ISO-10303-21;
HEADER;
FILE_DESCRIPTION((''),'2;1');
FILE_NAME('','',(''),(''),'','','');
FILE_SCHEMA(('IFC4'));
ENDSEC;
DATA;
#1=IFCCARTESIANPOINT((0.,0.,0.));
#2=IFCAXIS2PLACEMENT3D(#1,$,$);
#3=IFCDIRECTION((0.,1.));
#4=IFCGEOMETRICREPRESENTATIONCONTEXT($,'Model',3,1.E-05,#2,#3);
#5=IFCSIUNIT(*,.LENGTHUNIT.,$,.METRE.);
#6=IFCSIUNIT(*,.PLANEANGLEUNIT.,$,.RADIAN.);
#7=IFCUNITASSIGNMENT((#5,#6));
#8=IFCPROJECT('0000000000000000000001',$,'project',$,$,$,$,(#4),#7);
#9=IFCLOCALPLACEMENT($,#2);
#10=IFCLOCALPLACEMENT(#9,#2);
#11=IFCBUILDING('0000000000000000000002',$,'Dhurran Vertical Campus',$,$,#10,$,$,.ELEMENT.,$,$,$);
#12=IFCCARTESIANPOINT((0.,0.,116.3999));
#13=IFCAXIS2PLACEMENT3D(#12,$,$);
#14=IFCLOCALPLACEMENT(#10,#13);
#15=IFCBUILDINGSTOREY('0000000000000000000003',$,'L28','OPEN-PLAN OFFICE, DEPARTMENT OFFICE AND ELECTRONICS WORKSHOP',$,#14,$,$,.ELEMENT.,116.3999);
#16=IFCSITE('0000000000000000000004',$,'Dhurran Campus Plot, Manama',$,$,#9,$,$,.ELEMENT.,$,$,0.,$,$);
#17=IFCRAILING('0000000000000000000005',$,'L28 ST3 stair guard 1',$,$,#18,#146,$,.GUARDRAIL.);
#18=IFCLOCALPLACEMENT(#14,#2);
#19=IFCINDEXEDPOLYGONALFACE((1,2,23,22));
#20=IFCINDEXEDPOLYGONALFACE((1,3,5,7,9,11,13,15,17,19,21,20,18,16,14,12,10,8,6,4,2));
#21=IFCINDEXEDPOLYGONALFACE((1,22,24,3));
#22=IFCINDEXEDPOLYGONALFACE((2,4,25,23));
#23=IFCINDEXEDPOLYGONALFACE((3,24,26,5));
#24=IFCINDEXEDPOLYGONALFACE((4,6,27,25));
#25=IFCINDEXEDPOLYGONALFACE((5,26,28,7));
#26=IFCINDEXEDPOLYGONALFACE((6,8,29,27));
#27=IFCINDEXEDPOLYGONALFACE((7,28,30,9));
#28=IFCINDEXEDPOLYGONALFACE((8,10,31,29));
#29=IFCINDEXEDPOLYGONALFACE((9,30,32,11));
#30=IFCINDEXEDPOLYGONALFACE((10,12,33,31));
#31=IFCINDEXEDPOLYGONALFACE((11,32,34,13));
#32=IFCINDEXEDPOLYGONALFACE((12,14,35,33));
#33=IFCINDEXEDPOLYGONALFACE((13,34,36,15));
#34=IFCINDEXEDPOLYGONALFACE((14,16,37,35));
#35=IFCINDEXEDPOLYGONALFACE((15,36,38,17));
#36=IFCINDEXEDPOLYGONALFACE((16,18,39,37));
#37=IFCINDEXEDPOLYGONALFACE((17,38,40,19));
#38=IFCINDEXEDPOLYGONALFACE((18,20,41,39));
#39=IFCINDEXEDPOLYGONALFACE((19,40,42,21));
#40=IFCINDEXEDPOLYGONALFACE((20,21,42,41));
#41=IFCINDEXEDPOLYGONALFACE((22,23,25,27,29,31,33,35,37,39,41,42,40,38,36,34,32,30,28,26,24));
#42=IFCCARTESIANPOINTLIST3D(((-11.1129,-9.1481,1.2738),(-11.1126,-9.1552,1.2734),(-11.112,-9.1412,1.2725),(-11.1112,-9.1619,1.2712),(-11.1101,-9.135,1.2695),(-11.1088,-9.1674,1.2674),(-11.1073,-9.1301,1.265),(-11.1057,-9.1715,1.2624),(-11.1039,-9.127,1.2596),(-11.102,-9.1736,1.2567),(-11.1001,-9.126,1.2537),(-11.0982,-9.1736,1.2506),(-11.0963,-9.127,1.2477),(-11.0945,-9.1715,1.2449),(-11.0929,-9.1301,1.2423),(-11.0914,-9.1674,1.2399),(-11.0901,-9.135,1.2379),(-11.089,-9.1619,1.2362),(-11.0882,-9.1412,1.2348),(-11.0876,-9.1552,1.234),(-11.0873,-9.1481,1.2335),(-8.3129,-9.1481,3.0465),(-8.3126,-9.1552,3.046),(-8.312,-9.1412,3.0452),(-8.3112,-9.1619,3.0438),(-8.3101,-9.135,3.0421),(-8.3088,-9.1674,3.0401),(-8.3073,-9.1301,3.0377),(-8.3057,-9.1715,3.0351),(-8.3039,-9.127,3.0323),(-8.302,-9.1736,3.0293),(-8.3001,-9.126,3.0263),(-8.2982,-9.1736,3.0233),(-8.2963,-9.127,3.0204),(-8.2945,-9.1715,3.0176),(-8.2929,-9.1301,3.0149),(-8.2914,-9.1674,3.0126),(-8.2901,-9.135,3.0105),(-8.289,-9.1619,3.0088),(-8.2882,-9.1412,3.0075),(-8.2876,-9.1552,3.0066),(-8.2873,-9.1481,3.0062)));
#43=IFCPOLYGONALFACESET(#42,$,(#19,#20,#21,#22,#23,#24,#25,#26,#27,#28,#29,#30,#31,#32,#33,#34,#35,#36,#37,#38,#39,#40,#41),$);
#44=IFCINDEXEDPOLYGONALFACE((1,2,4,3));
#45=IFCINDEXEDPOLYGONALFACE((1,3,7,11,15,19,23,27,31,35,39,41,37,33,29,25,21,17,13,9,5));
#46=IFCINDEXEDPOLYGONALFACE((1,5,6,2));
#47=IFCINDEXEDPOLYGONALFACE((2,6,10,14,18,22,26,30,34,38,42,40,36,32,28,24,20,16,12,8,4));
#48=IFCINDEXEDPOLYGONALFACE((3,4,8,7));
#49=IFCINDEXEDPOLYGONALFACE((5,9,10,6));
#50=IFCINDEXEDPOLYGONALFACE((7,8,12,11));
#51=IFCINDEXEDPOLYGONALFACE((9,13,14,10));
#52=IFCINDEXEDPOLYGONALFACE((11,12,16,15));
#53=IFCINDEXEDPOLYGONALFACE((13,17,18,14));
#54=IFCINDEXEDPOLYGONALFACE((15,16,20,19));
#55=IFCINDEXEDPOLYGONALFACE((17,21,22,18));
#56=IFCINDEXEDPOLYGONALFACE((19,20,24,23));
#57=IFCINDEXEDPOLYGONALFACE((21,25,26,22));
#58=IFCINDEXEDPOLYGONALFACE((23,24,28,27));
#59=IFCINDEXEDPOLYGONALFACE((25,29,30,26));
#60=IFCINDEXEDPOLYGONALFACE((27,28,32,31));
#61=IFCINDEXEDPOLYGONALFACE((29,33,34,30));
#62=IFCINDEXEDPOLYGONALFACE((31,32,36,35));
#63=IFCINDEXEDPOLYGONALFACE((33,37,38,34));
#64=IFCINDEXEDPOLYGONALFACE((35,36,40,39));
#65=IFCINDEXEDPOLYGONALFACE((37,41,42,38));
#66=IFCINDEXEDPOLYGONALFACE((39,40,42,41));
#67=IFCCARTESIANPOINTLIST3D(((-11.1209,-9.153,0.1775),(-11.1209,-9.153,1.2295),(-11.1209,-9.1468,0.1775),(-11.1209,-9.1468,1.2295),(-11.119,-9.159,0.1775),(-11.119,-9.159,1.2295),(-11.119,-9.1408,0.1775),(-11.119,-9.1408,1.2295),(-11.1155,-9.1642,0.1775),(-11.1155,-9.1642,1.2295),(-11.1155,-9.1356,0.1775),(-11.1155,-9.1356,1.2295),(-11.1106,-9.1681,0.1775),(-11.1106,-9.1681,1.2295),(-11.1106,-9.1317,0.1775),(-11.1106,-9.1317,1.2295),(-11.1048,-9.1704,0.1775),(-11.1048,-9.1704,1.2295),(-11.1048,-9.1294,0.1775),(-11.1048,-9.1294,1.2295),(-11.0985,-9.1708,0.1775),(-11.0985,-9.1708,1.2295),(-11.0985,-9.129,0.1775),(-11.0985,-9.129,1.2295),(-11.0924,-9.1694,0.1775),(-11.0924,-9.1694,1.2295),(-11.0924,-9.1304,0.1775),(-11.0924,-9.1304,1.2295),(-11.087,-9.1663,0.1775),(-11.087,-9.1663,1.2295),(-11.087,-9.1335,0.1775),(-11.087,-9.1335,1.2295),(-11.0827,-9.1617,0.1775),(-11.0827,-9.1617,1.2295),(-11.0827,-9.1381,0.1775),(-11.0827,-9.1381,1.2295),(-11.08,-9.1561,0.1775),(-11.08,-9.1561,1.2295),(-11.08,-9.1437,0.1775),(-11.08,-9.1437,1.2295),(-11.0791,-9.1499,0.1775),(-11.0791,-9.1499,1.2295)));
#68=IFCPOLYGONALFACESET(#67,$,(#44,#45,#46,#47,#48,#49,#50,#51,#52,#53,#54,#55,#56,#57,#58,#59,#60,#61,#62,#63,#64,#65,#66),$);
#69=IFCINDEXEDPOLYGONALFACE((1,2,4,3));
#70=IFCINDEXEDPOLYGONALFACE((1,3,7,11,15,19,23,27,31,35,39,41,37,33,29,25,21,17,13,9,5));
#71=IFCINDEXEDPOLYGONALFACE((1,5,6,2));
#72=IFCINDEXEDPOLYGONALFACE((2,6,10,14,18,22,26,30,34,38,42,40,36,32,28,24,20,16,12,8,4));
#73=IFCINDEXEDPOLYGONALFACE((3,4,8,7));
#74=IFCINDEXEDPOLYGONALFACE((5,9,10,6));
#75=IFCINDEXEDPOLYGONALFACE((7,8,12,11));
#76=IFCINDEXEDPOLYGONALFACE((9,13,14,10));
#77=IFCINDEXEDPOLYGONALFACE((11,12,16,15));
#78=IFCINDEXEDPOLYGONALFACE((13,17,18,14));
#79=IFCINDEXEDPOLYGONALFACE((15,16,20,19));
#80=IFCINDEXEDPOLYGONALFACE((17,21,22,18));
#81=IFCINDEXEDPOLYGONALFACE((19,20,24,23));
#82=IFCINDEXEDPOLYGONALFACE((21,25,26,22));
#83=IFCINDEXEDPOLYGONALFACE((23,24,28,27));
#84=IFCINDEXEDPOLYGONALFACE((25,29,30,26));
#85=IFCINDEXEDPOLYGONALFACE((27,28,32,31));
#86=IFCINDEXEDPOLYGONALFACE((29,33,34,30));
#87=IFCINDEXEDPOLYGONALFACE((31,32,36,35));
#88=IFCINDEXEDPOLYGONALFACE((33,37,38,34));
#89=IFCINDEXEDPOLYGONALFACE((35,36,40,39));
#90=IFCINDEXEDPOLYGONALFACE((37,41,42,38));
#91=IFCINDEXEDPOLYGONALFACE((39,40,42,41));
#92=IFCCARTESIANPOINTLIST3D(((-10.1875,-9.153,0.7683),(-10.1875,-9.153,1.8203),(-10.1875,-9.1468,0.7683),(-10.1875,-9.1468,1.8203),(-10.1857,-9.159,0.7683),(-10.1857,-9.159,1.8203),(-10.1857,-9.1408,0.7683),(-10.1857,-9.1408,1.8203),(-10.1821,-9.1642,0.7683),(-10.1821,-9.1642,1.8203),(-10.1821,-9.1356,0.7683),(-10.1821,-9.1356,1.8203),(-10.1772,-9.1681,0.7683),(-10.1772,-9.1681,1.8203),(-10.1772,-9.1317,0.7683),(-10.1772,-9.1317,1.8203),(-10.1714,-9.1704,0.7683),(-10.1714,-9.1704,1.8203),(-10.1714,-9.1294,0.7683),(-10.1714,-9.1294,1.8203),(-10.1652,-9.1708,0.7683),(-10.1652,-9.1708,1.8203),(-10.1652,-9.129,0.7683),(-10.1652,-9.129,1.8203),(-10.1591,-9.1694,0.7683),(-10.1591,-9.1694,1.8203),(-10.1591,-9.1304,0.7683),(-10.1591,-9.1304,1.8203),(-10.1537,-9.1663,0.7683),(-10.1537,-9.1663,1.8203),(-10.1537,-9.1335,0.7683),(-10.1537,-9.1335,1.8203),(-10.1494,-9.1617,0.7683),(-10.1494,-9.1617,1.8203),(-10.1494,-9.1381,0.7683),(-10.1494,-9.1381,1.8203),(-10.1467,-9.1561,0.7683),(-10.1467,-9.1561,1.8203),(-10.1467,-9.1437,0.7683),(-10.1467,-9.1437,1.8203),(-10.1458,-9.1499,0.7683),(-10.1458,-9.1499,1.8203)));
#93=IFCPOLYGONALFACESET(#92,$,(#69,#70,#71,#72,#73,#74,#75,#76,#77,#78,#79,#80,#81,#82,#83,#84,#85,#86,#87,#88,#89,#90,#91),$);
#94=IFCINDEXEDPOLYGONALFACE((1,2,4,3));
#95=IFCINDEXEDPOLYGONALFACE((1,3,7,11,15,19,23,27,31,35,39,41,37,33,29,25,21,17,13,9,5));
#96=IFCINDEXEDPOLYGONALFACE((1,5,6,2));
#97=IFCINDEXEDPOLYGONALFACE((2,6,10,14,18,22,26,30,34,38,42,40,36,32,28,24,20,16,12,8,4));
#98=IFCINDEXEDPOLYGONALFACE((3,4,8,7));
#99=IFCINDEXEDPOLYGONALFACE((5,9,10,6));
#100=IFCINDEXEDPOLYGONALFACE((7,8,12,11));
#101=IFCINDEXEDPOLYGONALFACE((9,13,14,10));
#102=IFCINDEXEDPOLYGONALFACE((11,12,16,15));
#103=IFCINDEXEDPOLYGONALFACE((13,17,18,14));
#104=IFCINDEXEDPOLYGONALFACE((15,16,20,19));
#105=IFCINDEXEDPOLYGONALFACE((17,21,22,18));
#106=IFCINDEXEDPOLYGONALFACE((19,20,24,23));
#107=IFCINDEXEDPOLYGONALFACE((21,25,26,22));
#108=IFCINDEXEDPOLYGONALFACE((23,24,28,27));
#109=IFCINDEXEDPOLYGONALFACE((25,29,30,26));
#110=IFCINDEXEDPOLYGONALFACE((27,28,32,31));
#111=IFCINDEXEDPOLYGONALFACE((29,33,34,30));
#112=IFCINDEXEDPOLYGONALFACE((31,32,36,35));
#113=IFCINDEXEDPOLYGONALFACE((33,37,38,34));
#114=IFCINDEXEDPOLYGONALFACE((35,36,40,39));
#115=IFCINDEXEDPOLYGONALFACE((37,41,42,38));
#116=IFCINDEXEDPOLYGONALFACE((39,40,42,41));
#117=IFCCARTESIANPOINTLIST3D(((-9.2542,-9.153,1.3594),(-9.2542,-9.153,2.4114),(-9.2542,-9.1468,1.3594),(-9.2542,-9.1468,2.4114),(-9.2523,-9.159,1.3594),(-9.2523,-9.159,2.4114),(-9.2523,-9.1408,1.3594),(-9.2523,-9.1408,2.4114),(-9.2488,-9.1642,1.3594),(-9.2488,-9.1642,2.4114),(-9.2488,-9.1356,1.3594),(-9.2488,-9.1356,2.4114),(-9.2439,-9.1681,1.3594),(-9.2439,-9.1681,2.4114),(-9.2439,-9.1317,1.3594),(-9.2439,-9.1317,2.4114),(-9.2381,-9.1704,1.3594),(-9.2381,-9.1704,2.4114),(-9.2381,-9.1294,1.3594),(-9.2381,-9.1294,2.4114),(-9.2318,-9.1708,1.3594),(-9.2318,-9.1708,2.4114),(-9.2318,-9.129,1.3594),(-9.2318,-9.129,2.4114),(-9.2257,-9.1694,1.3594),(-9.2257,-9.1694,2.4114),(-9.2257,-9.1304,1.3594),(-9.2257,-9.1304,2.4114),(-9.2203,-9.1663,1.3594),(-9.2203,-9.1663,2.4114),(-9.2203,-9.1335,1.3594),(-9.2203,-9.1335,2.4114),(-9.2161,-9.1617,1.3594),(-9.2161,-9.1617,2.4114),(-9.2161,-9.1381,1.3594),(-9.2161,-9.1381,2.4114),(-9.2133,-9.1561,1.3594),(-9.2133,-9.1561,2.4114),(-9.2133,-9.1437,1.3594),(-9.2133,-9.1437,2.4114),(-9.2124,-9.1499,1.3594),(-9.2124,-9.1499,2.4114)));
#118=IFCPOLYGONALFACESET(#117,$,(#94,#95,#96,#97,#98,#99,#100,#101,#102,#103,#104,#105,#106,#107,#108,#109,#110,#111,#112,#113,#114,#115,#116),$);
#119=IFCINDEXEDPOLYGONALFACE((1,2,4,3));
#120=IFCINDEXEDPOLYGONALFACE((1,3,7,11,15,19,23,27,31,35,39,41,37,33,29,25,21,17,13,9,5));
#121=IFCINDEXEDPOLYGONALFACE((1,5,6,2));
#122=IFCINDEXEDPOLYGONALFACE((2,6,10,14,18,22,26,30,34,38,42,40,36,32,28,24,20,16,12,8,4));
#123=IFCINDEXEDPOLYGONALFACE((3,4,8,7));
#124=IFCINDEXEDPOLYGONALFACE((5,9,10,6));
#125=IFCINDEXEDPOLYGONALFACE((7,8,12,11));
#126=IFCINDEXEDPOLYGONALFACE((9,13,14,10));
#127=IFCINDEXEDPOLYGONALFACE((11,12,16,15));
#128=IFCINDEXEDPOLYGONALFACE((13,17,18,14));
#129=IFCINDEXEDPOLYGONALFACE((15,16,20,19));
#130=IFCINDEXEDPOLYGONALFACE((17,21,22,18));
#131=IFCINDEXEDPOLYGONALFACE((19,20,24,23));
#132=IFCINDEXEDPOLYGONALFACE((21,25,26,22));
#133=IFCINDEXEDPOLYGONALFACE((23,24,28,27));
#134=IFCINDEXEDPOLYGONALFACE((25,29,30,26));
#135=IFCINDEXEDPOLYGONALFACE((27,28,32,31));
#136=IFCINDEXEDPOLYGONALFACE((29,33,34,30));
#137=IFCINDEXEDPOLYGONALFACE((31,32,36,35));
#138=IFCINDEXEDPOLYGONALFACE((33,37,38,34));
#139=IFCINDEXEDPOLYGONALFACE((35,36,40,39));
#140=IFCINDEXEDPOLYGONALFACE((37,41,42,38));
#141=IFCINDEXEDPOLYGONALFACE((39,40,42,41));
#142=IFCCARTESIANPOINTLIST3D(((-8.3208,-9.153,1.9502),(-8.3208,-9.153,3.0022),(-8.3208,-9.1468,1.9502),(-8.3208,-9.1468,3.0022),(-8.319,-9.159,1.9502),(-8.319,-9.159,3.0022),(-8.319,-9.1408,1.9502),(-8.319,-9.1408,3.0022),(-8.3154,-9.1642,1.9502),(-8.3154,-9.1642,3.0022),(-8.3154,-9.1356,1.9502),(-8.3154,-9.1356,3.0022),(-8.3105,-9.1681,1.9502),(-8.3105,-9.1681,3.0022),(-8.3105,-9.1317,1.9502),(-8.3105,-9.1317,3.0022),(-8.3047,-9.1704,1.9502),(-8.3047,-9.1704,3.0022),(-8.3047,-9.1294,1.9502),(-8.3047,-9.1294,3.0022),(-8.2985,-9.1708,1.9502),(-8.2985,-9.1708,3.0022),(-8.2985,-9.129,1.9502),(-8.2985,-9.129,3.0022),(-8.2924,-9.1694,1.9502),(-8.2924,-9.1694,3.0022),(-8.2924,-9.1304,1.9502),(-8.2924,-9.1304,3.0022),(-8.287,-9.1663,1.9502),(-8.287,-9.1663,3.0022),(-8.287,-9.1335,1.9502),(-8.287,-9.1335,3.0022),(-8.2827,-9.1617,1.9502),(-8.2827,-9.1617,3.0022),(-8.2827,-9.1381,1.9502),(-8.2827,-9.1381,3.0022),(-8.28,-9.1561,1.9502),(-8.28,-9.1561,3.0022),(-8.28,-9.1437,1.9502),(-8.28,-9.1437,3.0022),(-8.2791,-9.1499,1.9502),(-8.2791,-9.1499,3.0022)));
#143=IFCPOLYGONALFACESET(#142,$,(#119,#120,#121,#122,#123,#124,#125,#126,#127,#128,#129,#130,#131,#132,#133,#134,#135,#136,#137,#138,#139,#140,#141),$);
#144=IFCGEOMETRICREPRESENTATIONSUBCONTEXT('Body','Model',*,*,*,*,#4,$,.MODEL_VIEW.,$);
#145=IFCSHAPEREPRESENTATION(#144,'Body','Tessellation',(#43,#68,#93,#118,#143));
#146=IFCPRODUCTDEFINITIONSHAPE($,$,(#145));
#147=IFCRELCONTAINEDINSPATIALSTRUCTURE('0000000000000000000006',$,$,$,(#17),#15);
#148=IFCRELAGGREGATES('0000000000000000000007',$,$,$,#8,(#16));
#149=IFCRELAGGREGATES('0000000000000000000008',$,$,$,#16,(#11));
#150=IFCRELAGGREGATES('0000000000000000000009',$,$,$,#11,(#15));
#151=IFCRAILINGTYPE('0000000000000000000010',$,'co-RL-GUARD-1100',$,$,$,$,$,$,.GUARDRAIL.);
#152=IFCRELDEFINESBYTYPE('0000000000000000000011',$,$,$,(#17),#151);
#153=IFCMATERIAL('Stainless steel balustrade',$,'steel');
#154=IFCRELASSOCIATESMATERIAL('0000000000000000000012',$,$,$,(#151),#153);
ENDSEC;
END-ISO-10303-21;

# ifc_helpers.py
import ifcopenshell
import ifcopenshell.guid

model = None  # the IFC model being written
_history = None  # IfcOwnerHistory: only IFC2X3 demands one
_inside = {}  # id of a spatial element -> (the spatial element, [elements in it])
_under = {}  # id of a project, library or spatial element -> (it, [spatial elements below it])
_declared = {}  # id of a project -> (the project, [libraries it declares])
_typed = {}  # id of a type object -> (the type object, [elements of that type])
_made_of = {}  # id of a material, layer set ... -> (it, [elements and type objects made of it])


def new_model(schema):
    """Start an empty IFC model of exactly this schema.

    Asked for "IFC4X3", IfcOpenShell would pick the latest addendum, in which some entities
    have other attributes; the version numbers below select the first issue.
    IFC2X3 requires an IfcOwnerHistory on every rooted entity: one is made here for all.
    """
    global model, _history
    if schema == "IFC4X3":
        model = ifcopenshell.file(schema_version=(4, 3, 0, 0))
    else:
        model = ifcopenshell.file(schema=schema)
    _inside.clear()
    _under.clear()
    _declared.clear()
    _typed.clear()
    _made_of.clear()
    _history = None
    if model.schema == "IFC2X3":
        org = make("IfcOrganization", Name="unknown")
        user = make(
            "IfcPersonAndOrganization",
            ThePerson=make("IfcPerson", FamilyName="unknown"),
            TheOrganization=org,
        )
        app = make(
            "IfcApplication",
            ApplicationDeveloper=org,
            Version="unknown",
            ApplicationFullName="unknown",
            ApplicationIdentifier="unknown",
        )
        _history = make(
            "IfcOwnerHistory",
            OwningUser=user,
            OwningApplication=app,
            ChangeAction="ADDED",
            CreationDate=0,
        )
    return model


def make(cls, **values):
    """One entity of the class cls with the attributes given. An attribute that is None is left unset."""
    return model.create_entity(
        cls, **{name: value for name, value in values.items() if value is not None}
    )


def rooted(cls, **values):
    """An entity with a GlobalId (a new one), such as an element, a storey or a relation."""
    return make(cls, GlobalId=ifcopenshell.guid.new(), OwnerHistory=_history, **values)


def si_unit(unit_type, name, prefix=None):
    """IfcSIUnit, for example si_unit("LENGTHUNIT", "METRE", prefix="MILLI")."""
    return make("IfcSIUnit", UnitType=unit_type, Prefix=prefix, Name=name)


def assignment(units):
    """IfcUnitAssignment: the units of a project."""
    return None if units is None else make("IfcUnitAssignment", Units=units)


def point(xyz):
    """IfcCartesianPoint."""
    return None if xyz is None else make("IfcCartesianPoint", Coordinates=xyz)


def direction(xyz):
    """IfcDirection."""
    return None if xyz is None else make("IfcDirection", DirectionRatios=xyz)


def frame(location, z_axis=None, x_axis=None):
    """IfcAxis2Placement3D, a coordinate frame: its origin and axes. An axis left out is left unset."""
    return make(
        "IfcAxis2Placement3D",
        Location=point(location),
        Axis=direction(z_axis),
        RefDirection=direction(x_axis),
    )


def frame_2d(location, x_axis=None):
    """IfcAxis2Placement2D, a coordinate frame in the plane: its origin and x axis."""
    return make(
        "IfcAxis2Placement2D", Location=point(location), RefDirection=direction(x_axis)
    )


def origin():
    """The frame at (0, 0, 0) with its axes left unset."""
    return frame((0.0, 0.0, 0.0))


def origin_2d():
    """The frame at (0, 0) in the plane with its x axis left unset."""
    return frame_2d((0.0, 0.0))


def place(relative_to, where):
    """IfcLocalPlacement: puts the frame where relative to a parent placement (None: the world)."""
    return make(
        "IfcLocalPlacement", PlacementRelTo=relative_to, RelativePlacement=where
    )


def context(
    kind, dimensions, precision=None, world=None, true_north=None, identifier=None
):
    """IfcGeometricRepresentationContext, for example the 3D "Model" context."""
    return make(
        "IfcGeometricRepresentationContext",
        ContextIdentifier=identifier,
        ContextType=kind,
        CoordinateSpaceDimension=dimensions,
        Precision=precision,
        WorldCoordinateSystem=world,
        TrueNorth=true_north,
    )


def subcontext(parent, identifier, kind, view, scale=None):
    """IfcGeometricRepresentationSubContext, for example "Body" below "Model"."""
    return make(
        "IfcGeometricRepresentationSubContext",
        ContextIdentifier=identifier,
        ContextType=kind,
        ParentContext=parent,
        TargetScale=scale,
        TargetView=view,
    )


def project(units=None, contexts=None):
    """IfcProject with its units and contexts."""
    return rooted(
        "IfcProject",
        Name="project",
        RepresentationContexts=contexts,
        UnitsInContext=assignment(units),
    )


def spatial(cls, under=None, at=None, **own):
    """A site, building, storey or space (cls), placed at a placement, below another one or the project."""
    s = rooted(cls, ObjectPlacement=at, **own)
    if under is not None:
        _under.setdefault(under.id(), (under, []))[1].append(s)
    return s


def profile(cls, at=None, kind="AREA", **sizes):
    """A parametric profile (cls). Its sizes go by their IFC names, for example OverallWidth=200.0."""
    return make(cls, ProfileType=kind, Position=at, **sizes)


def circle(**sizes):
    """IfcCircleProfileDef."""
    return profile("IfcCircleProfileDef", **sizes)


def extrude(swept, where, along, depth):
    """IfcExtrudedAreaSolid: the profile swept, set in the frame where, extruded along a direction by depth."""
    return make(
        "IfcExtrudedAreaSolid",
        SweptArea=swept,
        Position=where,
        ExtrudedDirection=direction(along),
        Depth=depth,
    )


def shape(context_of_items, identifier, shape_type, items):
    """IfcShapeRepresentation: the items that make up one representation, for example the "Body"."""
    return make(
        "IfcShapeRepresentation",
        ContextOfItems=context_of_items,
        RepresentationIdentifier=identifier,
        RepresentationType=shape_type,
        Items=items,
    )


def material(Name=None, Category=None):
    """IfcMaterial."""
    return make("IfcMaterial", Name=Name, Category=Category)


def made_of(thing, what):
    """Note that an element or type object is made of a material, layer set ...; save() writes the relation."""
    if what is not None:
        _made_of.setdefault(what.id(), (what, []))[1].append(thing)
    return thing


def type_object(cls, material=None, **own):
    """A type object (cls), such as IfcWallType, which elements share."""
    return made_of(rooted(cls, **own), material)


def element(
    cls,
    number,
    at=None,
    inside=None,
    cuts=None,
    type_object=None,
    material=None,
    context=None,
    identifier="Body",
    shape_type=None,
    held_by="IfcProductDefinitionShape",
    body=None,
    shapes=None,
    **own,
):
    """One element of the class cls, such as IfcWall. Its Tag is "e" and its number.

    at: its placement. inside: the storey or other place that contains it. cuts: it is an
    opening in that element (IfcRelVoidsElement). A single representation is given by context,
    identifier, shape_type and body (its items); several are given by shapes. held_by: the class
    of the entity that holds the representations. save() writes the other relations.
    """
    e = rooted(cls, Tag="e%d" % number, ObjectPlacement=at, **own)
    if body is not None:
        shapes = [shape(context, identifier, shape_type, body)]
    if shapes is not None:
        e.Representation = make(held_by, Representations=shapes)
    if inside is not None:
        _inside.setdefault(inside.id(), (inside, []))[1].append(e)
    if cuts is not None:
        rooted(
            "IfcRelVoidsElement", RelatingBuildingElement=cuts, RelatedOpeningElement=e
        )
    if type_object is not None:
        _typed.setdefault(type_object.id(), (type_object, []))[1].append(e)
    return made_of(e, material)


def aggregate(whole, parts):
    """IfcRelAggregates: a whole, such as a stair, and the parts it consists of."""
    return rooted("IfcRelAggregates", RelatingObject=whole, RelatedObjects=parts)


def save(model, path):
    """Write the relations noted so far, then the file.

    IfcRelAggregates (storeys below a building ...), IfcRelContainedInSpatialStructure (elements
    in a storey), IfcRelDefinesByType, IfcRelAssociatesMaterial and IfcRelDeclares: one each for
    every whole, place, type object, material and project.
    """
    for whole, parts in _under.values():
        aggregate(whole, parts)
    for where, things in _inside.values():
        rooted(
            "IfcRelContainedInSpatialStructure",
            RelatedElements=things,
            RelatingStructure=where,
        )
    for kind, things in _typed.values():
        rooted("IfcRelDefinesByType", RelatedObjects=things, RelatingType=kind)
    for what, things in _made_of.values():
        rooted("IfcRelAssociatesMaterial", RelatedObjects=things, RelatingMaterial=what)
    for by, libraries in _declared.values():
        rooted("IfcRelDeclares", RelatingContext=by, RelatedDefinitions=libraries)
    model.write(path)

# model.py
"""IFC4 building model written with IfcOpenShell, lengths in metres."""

from ifc_helpers import new_model, si_unit, direction, frame, origin, origin_2d, place, context, subcontext, project, spatial, circle, extrude, material, type_object, element, save


model = new_model("IFC4")

# Units and contexts
model_context = context("Model", 3, precision=1e-05, world=origin(), true_north=direction((0.0, 1.0)))
body_context = subcontext(model_context, "Body", "Model", "MODEL_VIEW")
ifc_project = project(units=[si_unit("LENGTHUNIT", "METRE"), si_unit("PLANEANGLEUNIT", "RADIAN")], contexts=[model_context])

# Site, building, storey
site_placement = place(None, origin())
site = spatial("IfcSite", under=ifc_project, at=site_placement, Name="Dhurran Campus Plot, Manama", CompositionType="ELEMENT", RefElevation=0.0)
building_placement = place(site_placement, origin())
building = spatial("IfcBuilding", under=site, at=building_placement, Name="Dhurran Vertical Campus", CompositionType="ELEMENT")
storey_placement = place(building_placement, frame((0.0, 0.0, 116.3999)))
storey = spatial("IfcBuildingStorey", under=building, at=storey_placement, Name="L28", Description="OPEN-PLAN OFFICE, DEPARTMENT OFFICE AND ELECTRONICS WORKSHOP", CompositionType="ELEMENT", Elevation=116.3999)

# Railing
ifc_material_1 = material(Name="Stainless steel balustrade", Category="steel")
railing_type_1 = type_object("IfcRailingType", Name="co-RL-GUARD-1100", PredefinedType="GUARDRAIL", material=ifc_material_1)
railing_1_placement = place(storey_placement, frame((-11.1001, -9.1499, 0.1775)))
element("IfcRailing", 1, at=railing_1_placement, inside=storey, type_object=railing_type_1, Name="L28 ST3 stair guard 1", PredefinedType="GUARDRAIL", context=body_context, shape_type="SweptSolid", body=[
    extrude(circle(Radius=0.0239, at=origin_2d()), frame((0.0, 0.0, 1.0762), z_axis=(0.844909, 0.0, 0.53491), x_axis=(0.0, 1.0, 0.0)), (0.0, 0.0, 1.0), 3.314),
    extrude(circle(Radius=0.021, at=origin_2d()), origin(), (0.0, 0.0, 1.0), 1.052),
    extrude(circle(Radius=0.021, at=origin_2d()), frame((0.9333, 0.0, 0.5908)), (0.0, 0.0, 1.0), 1.052),
    extrude(circle(Radius=0.021, at=origin_2d()), frame((1.8667, 0.0, 1.1819)), (0.0, 0.0, 1.0), 1.052),
    extrude(circle(Radius=0.021, at=origin_2d()), frame((2.8, 0.0, 1.7727)), (0.0, 0.0, 1.0), 1.052),
])

save(model, "model.ifc")
